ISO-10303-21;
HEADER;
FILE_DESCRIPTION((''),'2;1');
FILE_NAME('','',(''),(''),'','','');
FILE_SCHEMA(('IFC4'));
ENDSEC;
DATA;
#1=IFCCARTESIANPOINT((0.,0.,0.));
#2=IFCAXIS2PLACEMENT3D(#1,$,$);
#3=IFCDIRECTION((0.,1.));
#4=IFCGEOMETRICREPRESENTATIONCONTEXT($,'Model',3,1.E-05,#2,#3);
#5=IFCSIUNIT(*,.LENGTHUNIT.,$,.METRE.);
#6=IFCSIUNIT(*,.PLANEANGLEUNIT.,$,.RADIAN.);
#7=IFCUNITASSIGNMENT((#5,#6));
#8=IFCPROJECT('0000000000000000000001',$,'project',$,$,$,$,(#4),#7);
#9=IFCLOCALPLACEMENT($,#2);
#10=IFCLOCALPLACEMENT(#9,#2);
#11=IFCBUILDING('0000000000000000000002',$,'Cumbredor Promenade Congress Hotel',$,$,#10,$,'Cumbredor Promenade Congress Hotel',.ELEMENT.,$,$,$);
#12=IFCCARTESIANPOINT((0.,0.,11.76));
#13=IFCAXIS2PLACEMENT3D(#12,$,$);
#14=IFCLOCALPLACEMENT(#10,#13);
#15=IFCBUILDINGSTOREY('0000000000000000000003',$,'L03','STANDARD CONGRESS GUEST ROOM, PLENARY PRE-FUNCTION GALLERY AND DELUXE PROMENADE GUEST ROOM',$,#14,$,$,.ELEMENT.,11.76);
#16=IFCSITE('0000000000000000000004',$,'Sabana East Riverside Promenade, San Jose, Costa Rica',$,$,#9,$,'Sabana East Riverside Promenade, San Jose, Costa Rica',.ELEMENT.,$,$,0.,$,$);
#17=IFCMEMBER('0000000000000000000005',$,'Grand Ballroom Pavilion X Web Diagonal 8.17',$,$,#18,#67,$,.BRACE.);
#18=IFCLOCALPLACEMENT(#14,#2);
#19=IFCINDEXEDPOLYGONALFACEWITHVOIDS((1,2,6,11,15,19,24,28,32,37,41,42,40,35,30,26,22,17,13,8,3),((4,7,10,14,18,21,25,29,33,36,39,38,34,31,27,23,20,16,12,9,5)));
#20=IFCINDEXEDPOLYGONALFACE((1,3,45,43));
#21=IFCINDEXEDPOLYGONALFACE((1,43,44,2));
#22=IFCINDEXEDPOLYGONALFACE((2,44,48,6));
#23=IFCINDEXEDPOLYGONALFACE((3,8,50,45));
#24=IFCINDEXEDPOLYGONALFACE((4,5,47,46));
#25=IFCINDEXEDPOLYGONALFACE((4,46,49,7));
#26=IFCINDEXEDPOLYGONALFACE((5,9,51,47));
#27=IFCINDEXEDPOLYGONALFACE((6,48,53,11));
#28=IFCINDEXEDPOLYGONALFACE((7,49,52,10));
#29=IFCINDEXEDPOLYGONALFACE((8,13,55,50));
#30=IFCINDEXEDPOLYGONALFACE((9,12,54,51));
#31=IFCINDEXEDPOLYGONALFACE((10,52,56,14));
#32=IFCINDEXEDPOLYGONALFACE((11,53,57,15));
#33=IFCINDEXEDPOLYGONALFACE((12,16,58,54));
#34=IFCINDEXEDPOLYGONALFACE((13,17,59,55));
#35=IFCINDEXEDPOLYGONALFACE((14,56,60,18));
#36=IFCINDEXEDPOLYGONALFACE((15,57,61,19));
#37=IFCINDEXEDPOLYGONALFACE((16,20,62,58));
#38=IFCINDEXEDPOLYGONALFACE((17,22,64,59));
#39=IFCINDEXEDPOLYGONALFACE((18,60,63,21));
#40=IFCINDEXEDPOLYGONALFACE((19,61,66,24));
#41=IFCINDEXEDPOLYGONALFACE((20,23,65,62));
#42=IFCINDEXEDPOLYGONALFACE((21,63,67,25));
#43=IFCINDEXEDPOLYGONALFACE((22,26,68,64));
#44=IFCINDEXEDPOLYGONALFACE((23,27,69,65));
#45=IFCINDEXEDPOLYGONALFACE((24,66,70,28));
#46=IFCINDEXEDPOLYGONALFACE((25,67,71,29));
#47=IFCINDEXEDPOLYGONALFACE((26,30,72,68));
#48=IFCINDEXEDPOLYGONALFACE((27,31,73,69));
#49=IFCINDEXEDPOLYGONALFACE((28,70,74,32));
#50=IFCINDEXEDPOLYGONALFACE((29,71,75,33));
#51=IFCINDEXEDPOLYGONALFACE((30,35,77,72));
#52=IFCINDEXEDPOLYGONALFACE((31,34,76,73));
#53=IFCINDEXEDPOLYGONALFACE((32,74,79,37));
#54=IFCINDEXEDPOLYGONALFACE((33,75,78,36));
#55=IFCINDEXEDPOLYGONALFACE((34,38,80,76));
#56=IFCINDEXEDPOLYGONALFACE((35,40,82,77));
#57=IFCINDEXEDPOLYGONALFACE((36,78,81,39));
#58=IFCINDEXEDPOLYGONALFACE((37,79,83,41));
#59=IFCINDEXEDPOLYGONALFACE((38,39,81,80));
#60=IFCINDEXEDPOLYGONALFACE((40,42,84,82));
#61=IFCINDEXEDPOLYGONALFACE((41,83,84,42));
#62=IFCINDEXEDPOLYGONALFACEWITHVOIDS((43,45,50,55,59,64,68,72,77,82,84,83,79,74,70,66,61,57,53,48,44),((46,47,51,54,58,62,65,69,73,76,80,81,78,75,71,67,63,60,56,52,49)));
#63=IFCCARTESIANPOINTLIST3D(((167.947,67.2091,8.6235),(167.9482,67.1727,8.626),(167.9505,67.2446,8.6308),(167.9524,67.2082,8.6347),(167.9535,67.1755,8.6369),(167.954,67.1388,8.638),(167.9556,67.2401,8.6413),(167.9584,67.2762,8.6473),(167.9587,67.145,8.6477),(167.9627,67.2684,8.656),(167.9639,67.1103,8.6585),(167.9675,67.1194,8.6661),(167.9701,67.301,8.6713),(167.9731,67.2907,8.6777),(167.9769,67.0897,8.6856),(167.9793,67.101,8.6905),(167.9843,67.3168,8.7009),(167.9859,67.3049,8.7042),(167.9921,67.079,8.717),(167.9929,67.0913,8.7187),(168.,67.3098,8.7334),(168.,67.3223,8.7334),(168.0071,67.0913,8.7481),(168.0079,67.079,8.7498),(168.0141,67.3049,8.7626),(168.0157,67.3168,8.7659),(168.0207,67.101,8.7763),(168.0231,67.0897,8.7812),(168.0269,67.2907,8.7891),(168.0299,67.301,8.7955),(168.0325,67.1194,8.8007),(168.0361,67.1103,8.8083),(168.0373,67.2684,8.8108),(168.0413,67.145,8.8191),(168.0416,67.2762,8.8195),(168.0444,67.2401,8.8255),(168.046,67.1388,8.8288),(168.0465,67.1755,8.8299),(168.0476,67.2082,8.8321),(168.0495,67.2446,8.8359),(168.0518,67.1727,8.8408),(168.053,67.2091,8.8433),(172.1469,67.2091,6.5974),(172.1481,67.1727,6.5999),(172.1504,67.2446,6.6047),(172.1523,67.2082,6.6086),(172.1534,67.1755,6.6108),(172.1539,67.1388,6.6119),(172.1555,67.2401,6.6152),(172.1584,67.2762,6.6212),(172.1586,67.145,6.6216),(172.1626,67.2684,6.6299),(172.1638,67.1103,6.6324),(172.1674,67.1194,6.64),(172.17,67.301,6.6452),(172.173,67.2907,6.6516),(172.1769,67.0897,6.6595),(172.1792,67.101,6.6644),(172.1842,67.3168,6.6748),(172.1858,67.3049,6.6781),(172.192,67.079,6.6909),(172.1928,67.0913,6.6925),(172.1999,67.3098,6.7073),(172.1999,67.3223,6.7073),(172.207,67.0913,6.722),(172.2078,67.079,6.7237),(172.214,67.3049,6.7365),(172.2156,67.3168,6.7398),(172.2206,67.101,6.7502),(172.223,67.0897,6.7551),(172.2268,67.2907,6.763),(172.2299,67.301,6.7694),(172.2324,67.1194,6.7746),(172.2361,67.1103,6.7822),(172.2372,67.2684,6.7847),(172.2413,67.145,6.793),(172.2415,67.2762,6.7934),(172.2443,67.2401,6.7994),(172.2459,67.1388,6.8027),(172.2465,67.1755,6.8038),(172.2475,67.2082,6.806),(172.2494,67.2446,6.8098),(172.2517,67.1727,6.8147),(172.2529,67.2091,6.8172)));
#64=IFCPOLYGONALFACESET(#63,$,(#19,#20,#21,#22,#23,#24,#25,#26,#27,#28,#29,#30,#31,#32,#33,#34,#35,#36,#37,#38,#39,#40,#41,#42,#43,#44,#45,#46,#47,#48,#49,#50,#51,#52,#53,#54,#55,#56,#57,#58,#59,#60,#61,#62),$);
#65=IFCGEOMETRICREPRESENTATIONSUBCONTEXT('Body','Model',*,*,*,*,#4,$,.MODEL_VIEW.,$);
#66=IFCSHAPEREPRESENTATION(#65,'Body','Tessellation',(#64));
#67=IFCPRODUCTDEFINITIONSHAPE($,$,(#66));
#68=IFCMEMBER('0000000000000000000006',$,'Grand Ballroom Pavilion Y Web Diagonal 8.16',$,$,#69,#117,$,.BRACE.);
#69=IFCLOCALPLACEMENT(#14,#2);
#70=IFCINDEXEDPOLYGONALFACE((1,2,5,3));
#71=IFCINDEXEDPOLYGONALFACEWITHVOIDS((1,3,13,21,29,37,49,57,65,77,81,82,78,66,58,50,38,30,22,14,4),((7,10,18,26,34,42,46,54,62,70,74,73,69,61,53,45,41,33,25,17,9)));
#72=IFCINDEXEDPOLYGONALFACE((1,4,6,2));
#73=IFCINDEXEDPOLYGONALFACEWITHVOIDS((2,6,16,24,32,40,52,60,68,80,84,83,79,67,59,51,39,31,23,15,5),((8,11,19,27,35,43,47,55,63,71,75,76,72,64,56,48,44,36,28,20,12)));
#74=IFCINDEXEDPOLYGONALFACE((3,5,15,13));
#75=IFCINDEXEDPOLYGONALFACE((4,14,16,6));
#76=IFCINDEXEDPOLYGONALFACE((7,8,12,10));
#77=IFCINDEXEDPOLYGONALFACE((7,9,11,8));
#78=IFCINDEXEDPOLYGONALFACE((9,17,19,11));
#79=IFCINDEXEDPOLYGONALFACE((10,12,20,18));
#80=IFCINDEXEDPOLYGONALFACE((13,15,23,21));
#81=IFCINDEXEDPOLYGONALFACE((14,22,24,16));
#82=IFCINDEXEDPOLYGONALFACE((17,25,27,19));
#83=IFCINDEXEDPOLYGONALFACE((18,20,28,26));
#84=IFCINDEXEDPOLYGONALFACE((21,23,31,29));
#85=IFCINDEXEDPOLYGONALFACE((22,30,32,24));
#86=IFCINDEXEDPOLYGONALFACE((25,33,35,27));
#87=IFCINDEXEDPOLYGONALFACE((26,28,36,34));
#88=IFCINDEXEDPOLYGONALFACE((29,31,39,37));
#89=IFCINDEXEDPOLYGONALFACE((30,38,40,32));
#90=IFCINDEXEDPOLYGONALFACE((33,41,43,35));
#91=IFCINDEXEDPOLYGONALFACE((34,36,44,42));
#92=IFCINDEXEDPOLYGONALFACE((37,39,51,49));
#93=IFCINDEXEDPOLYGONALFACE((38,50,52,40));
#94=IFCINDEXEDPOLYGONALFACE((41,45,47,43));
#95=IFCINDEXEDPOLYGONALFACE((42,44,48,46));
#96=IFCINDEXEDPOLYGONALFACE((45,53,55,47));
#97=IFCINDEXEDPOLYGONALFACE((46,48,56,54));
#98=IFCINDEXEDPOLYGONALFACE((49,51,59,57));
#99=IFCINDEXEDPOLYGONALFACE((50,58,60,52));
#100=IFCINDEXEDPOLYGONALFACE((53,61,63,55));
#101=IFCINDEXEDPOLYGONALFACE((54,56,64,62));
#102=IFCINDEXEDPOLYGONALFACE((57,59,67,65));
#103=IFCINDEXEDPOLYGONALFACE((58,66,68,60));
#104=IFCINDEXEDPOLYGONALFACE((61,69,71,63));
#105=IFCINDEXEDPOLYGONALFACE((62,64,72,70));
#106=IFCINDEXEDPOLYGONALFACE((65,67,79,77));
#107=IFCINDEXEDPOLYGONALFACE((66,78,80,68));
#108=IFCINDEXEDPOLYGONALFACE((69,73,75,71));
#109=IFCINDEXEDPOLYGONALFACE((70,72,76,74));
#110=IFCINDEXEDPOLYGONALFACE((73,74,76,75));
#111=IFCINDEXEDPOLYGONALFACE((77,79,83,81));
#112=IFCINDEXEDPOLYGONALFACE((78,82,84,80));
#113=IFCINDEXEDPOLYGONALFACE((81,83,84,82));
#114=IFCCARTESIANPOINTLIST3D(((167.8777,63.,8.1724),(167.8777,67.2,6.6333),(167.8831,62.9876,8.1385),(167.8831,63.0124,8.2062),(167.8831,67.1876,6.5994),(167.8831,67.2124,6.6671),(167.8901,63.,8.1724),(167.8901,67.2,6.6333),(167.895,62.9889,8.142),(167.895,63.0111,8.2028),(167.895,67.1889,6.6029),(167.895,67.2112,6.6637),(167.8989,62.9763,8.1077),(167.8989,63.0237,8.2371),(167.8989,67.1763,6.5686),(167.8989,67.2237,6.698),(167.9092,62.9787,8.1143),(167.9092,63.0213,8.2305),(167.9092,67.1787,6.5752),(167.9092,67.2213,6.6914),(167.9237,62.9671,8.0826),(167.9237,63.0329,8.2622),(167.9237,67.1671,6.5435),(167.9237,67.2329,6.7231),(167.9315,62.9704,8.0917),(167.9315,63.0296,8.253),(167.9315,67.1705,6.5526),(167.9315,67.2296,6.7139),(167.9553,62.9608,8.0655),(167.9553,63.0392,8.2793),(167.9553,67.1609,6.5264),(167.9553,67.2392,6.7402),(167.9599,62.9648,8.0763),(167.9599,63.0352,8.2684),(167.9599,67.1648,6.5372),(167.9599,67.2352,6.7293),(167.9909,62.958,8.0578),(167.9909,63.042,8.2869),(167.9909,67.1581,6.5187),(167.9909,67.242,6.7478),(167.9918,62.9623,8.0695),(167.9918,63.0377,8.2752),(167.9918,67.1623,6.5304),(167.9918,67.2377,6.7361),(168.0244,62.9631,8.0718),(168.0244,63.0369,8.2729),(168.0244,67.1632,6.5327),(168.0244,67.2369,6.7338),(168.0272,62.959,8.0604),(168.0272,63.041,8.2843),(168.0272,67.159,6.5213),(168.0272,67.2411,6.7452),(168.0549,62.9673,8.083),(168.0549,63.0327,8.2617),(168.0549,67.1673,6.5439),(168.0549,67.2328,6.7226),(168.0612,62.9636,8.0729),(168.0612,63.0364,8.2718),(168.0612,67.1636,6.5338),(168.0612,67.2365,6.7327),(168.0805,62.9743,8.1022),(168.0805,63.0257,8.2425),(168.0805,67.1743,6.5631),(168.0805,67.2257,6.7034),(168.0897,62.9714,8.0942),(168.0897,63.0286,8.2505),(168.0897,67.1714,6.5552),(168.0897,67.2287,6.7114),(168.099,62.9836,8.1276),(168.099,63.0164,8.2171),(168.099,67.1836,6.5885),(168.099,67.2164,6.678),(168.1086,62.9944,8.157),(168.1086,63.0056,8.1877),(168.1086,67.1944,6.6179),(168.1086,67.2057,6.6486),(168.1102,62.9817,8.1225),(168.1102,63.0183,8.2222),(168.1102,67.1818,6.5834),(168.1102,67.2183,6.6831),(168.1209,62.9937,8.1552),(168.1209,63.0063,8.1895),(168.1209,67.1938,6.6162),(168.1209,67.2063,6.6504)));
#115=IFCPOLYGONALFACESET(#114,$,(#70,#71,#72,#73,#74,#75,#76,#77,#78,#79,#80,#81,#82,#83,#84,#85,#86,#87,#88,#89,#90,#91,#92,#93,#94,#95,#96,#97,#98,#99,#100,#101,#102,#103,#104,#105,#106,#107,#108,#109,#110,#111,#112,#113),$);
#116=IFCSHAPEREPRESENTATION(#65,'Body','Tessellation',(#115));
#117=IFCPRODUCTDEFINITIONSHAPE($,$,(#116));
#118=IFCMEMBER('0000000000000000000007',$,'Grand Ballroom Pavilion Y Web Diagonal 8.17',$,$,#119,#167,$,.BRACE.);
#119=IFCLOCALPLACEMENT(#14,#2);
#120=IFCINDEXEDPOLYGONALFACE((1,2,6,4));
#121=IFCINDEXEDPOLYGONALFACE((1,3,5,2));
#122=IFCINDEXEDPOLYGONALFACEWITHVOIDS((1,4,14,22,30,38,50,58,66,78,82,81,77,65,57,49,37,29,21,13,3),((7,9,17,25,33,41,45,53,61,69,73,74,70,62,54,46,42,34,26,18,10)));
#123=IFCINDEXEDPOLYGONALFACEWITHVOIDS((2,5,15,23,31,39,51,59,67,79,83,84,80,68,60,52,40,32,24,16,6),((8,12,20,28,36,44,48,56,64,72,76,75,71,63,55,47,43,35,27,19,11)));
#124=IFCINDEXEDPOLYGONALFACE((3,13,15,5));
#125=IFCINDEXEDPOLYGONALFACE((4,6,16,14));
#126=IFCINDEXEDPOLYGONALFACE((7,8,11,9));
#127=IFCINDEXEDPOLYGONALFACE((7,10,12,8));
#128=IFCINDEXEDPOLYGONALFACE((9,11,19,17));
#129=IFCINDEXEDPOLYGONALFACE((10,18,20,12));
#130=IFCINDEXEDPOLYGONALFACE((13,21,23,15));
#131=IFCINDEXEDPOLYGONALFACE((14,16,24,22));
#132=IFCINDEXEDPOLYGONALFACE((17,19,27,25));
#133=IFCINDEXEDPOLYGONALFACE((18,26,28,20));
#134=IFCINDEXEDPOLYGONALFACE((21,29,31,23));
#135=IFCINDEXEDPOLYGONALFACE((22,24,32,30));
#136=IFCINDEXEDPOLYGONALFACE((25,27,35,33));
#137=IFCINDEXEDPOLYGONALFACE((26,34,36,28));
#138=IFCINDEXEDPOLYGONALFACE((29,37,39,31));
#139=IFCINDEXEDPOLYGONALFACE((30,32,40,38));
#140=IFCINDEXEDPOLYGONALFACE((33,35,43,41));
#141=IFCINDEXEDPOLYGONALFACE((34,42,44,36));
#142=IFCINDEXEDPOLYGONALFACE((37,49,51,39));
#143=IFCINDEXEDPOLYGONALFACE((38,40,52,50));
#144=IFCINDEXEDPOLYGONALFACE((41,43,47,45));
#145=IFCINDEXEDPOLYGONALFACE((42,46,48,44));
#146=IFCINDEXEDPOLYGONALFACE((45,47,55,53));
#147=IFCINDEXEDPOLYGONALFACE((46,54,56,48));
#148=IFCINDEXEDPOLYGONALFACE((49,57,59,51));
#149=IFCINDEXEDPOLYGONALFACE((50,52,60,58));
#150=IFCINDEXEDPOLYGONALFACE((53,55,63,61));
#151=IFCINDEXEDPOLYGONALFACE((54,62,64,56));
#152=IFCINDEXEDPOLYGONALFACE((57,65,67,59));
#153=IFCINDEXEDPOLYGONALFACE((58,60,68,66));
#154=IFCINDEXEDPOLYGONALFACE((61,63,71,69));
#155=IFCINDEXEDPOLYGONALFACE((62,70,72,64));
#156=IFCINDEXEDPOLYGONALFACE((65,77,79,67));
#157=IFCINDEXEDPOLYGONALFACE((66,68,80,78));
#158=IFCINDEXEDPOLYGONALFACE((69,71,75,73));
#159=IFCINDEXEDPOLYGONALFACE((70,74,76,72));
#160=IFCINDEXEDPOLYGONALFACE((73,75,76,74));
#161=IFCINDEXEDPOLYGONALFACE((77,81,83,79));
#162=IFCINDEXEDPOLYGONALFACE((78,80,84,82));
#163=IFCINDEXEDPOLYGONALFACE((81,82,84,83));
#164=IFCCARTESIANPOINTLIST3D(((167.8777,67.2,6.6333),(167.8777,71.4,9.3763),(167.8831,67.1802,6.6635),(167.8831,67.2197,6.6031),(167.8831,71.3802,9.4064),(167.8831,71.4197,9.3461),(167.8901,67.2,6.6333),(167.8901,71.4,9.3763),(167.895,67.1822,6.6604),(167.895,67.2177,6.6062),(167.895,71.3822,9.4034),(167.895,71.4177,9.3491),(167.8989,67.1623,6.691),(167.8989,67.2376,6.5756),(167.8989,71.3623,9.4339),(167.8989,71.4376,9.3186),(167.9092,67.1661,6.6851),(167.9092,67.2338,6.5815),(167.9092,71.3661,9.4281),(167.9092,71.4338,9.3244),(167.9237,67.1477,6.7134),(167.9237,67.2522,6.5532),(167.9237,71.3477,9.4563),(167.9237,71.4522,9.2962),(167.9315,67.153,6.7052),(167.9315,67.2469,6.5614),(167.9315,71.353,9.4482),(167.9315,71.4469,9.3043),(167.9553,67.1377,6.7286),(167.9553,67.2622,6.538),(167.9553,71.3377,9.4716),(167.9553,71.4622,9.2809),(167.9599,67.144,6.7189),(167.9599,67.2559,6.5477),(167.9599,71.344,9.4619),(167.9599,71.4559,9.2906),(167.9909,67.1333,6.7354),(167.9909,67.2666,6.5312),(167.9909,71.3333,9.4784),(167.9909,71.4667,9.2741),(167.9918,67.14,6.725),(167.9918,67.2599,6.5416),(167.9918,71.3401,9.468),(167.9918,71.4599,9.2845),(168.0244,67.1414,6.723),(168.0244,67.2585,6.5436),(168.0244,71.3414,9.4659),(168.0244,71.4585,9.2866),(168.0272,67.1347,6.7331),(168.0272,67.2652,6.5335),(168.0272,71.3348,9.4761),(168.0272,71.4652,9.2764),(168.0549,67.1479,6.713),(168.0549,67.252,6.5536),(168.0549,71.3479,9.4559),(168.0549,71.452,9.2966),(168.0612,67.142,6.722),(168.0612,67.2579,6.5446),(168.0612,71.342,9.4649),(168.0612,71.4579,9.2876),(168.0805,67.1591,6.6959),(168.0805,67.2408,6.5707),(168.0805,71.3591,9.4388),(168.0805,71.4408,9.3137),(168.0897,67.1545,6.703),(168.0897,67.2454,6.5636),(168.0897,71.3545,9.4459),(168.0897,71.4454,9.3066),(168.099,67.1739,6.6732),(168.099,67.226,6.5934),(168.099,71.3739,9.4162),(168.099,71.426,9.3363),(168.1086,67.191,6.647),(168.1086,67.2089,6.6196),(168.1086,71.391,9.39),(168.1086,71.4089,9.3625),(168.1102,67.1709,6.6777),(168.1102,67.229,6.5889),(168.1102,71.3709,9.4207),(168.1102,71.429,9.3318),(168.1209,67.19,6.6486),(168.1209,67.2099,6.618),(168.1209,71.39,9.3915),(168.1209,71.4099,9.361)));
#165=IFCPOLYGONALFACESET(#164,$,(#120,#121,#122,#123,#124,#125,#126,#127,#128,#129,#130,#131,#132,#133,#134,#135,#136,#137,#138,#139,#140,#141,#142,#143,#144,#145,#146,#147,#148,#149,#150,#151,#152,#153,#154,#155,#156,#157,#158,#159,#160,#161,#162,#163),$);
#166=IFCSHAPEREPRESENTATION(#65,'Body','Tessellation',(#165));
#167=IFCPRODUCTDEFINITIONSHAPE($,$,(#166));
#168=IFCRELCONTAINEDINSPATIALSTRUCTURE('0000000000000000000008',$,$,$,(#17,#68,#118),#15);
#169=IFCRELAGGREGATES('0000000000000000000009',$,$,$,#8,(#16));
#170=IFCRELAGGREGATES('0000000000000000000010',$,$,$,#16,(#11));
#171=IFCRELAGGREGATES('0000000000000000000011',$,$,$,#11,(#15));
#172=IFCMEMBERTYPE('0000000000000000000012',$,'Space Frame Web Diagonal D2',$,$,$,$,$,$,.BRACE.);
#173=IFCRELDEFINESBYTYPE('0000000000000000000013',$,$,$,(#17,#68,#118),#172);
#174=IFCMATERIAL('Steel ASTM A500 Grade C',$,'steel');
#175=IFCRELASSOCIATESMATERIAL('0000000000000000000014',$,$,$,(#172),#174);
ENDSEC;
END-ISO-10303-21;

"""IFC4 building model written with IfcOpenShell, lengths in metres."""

from ifc_helpers import new_model, si_unit, direction, frame, origin, origin_2d, place, context, subcontext, project, spatial, hollow_circle, extrude, material, material_profile, profile_set, type_object, element, save


model = new_model("IFC4")

# Units and contexts
model_context = context("Model", 3, precision=1e-05, world=origin(), true_north=direction((0.0, 1.0)))
body_context = subcontext(model_context, "Body", "Model", "MODEL_VIEW")
ifc_project = project(units=[si_unit("LENGTHUNIT", "METRE"), si_unit("PLANEANGLEUNIT", "RADIAN")], contexts=[model_context])

# Site, building, storey
site_placement = place(None, origin())
site = spatial("IfcSite", under=ifc_project, at=site_placement, Name="Sabana East Riverside Promenade, San Jose, Costa Rica", LongName="Sabana East Riverside Promenade, San Jose, Costa Rica", CompositionType="ELEMENT", RefElevation=0.0)
building_placement = place(site_placement, origin())
building = spatial("IfcBuilding", under=site, at=building_placement, Name="Cumbredor Promenade Congress Hotel", LongName="Cumbredor Promenade Congress Hotel", CompositionType="ELEMENT")
storey_placement = place(building_placement, frame((0.0, 0.0, 11.76)))
storey = spatial("IfcBuildingStorey", under=building, at=storey_placement, Name="L03", Description="STANDARD CONGRESS GUEST ROOM, PLENARY PRE-FUNCTION GALLERY AND DELUXE PROMENADE GUEST ROOM", CompositionType="ELEMENT", Elevation=11.76)

# Shared definitions
ifc_material_1 = material(Name="Steel ASTM A500 Grade C", Category="steel")

# Members
ifc_material_profile_1 = material_profile(ifc_material_1, hollow_circle(Radius=0.1223, WallThickness=0.0125, at=origin_2d()), Name="CHS 244.5x12.5")
ifc_profile_set_1 = profile_set([ifc_material_profile_1], Name="Steel ASTM A500 Grade C")
member_type_1 = type_object("IfcMemberType", Name="Space Frame Web Diagonal D2", PredefinedType="BRACE", material=ifc_profile_set_1)
member_1_placement = place(storey_placement, frame((168.0, 67.2, 8.7334), z_axis=(0.900672, 0.0, -0.434499), x_axis=(0.0, 1.0, 0.0)))
element("IfcMember", 1, at=member_1_placement, inside=storey, type_object=member_type_1, Name="Grand Ballroom Pavilion X Web Diagonal 8.17", PredefinedType="BRACE", context=body_context, shape_type="SweptSolid", body=[
    extrude(hollow_circle(Radius=0.1223, WallThickness=0.0125, at=origin_2d()), origin(), (0.0, 0.0, 1.0), 4.6631),
])
member_2_placement = place(storey_placement, frame((168.0, 63.0, 8.1724), z_axis=(0.0, 0.938943, -0.344073), x_axis=(-1.0, 0.0, 0.0)))
element("IfcMember", 2, at=member_2_placement, inside=storey, type_object=member_type_1, Name="Grand Ballroom Pavilion Y Web Diagonal 8.16", PredefinedType="BRACE", context=body_context, shape_type="SweptSolid", body=[
    extrude(hollow_circle(Radius=0.1223, WallThickness=0.0125, at=origin_2d()), origin(), (0.0, 0.0, 1.0), 4.4731),
])
member_3_placement = place(storey_placement, frame((168.0, 67.2, 6.6333), z_axis=(0.0, 0.837262, 0.546802), x_axis=(-1.0, 0.0, 0.0)))
element("IfcMember", 3, at=member_3_placement, inside=storey, type_object=member_type_1, Name="Grand Ballroom Pavilion Y Web Diagonal 8.17", PredefinedType="BRACE", context=body_context, shape_type="SweptSolid", body=[
    extrude(hollow_circle(Radius=0.1223, WallThickness=0.0125, at=origin_2d()), origin(), (0.0, 0.0, 1.0), 5.0164),
])

save(model, "model.ifc")
